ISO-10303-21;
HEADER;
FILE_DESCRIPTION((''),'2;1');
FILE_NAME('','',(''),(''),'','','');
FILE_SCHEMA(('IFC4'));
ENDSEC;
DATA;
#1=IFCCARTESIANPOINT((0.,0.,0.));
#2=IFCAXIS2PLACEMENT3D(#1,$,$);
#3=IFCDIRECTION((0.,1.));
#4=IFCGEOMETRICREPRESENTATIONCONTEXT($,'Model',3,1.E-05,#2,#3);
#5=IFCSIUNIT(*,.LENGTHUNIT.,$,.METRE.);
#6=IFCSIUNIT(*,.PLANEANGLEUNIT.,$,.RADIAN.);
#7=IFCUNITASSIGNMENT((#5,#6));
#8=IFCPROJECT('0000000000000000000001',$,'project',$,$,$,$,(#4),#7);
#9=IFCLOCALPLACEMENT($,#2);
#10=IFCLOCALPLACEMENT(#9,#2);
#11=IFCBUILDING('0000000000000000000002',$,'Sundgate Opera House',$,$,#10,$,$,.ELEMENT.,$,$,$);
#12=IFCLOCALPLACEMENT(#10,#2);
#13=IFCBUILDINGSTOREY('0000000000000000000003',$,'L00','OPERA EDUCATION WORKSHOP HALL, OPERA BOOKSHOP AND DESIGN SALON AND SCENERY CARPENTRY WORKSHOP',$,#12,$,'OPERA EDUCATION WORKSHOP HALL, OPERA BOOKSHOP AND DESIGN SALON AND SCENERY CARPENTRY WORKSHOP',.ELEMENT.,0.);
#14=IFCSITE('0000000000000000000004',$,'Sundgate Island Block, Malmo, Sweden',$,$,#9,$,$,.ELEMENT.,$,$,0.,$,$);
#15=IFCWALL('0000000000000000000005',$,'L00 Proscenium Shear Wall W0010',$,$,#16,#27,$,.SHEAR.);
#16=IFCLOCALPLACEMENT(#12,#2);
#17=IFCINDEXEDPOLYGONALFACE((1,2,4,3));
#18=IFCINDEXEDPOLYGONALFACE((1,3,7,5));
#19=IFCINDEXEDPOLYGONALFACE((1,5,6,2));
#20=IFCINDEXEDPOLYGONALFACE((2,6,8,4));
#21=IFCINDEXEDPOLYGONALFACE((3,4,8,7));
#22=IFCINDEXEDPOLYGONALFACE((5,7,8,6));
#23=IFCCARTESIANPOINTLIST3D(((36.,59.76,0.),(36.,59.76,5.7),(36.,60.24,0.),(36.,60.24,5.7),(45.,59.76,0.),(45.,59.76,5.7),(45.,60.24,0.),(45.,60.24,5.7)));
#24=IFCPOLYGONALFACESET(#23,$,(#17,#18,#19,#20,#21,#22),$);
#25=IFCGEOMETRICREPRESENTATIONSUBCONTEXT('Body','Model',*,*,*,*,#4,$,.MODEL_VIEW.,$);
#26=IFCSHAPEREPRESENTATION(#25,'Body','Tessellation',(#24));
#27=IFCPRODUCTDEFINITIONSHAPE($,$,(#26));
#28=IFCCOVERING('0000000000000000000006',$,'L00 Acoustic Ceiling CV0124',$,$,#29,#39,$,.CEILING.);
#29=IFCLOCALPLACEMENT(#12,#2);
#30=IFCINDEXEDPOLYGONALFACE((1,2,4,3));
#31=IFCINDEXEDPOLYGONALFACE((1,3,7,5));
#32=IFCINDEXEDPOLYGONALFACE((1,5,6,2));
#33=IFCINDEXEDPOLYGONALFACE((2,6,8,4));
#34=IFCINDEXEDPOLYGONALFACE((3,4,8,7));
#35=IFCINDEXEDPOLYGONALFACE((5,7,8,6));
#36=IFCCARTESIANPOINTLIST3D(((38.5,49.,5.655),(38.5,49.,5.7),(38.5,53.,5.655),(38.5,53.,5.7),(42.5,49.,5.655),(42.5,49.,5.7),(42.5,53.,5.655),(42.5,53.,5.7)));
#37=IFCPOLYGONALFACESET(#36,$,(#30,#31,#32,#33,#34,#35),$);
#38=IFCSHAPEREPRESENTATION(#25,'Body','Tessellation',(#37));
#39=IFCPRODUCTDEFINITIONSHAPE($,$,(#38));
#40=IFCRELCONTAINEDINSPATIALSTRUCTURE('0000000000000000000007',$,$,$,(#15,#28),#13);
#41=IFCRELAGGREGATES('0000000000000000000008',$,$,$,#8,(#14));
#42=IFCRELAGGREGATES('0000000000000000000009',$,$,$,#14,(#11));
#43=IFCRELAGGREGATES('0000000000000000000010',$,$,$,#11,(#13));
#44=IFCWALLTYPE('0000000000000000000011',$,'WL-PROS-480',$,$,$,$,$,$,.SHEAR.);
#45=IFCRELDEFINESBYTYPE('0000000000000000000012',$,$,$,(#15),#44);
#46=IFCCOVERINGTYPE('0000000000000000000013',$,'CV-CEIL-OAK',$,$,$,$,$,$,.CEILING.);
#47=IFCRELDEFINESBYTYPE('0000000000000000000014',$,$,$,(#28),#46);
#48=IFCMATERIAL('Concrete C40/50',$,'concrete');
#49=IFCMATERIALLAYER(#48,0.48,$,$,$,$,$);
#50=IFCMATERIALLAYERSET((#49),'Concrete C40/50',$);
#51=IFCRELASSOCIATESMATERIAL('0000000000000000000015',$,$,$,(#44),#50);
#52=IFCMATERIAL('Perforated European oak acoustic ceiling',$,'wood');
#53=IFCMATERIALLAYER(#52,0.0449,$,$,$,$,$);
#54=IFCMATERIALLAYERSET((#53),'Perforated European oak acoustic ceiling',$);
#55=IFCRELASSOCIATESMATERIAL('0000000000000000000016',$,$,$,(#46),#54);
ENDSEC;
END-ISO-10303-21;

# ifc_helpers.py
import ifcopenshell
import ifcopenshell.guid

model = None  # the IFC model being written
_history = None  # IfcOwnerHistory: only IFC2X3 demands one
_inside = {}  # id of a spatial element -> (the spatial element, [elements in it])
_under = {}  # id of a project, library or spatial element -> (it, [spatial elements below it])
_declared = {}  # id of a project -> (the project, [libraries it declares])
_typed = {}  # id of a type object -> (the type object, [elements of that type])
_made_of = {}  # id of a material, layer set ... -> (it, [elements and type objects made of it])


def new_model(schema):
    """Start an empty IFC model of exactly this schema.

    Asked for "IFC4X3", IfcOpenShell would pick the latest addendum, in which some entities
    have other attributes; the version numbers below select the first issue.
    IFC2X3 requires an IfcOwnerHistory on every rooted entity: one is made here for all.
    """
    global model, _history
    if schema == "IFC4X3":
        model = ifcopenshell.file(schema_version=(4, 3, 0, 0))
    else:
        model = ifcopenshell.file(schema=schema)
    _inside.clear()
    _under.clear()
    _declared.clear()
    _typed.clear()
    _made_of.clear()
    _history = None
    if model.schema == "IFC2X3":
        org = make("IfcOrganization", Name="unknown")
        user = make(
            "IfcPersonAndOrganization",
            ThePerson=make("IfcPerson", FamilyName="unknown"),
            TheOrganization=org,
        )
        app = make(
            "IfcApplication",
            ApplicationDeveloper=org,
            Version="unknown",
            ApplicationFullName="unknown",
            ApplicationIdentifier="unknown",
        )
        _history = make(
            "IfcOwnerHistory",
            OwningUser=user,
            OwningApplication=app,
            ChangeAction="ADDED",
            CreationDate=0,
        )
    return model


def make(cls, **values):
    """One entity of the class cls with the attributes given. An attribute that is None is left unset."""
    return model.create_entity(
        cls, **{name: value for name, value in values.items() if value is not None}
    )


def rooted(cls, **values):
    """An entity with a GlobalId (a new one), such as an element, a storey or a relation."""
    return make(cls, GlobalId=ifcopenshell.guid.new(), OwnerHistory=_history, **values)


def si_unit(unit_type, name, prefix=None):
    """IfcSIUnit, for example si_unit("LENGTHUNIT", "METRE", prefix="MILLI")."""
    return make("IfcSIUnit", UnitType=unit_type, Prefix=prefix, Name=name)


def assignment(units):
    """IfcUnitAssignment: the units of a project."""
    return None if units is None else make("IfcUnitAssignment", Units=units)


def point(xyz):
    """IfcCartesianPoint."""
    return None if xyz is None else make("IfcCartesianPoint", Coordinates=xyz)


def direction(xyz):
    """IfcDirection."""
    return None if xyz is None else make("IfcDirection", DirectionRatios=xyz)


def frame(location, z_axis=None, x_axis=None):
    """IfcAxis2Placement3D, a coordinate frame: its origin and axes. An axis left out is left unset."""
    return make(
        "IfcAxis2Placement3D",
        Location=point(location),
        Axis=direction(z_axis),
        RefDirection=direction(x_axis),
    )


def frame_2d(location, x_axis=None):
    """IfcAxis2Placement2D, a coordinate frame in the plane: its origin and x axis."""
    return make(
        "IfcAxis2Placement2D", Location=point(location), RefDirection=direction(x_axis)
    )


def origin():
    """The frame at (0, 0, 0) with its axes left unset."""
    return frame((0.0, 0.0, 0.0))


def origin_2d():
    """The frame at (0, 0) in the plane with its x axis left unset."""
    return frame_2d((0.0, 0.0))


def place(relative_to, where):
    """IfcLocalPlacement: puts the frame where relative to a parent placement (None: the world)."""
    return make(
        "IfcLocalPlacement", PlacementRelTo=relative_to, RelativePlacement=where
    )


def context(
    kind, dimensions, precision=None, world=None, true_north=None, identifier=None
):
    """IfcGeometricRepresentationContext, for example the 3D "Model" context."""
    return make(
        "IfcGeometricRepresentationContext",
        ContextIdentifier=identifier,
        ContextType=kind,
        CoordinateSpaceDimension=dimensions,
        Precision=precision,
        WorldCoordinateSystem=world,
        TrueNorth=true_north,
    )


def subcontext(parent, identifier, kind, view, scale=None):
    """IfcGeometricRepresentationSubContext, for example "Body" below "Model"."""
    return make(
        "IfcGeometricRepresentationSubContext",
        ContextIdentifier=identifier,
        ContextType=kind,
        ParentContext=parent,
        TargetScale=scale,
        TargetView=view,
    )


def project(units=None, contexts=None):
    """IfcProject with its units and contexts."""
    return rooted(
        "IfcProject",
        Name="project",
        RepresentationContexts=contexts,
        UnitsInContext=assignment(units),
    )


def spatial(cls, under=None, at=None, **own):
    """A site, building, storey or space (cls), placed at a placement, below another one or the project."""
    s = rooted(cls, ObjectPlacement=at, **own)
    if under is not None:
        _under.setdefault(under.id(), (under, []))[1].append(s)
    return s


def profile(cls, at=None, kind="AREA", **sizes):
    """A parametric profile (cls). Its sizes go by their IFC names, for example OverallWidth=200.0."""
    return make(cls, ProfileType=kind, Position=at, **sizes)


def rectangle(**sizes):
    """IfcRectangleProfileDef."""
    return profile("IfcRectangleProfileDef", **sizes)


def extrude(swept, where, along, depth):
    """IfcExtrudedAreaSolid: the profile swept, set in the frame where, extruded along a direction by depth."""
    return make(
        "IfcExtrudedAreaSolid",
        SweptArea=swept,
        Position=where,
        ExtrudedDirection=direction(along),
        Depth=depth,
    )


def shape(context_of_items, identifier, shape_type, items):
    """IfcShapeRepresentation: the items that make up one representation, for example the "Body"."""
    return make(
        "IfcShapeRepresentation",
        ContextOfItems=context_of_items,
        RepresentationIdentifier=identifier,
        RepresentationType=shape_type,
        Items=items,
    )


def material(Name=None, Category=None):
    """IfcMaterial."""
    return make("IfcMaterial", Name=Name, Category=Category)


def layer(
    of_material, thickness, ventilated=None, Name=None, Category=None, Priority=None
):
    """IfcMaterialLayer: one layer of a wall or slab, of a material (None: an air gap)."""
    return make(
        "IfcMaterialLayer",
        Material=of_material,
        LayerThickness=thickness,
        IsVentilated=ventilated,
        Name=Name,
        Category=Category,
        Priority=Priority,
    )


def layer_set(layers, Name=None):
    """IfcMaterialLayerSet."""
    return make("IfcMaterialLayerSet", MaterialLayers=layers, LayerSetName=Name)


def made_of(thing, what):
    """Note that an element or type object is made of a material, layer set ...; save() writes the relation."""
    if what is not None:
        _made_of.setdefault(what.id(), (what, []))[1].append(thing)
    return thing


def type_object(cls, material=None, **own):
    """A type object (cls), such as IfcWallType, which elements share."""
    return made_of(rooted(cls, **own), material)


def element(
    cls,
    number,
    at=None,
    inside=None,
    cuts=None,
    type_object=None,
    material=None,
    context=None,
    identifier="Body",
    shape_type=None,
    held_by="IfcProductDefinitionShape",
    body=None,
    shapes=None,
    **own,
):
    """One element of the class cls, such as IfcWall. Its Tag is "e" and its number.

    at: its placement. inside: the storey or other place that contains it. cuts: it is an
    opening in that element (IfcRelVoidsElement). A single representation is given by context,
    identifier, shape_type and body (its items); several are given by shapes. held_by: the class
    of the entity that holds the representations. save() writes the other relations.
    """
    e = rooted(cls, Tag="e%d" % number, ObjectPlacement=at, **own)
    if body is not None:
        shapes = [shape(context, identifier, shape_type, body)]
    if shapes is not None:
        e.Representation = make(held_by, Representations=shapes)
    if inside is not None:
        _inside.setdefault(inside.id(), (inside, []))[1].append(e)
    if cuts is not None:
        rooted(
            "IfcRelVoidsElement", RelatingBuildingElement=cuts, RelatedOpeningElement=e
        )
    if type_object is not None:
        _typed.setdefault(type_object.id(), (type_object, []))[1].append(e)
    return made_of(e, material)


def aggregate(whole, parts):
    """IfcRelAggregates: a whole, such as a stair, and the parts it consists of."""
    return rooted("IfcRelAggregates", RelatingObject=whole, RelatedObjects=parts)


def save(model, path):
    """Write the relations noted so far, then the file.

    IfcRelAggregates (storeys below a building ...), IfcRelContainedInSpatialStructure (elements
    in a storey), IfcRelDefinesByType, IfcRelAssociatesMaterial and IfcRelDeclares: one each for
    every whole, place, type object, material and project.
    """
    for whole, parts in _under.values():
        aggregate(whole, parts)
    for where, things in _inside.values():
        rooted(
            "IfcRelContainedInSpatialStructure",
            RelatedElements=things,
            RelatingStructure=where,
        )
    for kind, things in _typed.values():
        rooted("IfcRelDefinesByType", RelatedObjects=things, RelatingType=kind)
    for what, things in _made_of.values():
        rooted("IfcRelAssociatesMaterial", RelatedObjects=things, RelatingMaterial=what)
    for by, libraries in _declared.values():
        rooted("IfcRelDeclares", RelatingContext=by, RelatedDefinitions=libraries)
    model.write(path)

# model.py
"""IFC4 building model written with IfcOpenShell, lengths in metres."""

from ifc_helpers import new_model, si_unit, direction, frame, frame_2d, origin, origin_2d, place, context, subcontext, project, spatial, rectangle, extrude, material, layer, layer_set, type_object, element, save


model = new_model("IFC4")

# Units and contexts
model_context = context("Model", 3, precision=1e-05, world=origin(), true_north=direction((0.0, 1.0)))
body_context = subcontext(model_context, "Body", "Model", "MODEL_VIEW")
ifc_project = project(units=[si_unit("LENGTHUNIT", "METRE"), si_unit("PLANEANGLEUNIT", "RADIAN")], contexts=[model_context])

# Site, building, storey
site_placement = place(None, origin())
site = spatial("IfcSite", under=ifc_project, at=site_placement, Name="Sundgate Island Block, Malmo, Sweden", CompositionType="ELEMENT", RefElevation=0.0)
building_placement = place(site_placement, origin())
building = spatial("IfcBuilding", under=site, at=building_placement, Name="Sundgate Opera House", CompositionType="ELEMENT")
storey_placement = place(building_placement, origin())
storey = spatial("IfcBuildingStorey", under=building, at=storey_placement, Name="L00", Description="OPERA EDUCATION WORKSHOP HALL, OPERA BOOKSHOP AND DESIGN SALON AND SCENERY CARPENTRY WORKSHOP", LongName="OPERA EDUCATION WORKSHOP HALL, OPERA BOOKSHOP AND DESIGN SALON AND SCENERY CARPENTRY WORKSHOP", CompositionType="ELEMENT", Elevation=0.0)

# Wall
ifc_material_1 = material(Name="Concrete C40/50", Category="concrete")
ifc_layer_1 = layer(ifc_material_1, 0.48)
ifc_layer_set_1 = layer_set([ifc_layer_1], Name="Concrete C40/50")
wall_type_1 = type_object("IfcWallType", Name="WL-PROS-480", PredefinedType="SHEAR", material=ifc_layer_set_1)
wall_1_placement = place(storey_placement, frame((36.0, 60.0, 0.0), z_axis=(0.0, 0.0, 1.0), x_axis=(1.0, 0.0, 0.0)))
element("IfcWall", 1, at=wall_1_placement, inside=storey, type_object=wall_type_1, Name="L00 Proscenium Shear Wall W0010", PredefinedType="SHEAR", context=body_context, shape_type="SweptSolid", body=[
    extrude(rectangle(XDim=9.0, YDim=0.48, at=frame_2d((4.5, 0.0))), origin(), (0.0, 0.0, 1.0), 5.7),
])

# Covering
ifc_material_2 = material(Name="Perforated European oak acoustic ceiling", Category="wood")
ifc_layer_2 = layer(ifc_material_2, 0.0449)
ifc_layer_set_2 = layer_set([ifc_layer_2], Name="Perforated European oak acoustic ceiling")
covering_type = type_object("IfcCoveringType", Name="CV-CEIL-OAK", PredefinedType="CEILING", material=ifc_layer_set_2)
covering_placement = place(storey_placement, frame((40.5, 51.0, 5.655), z_axis=(0.0, 0.0, 1.0), x_axis=(1.0, 0.0, 0.0)))
element("IfcCovering", 2, at=covering_placement, inside=storey, type_object=covering_type, Name="L00 Acoustic Ceiling CV0124", PredefinedType="CEILING", context=body_context, shape_type="SweptSolid", body=[
    extrude(rectangle(XDim=4.0, YDim=4.0, at=origin_2d()), origin(), (0.0, 0.0, 1.0), 0.0449),
])

save(model, "model.ifc")
